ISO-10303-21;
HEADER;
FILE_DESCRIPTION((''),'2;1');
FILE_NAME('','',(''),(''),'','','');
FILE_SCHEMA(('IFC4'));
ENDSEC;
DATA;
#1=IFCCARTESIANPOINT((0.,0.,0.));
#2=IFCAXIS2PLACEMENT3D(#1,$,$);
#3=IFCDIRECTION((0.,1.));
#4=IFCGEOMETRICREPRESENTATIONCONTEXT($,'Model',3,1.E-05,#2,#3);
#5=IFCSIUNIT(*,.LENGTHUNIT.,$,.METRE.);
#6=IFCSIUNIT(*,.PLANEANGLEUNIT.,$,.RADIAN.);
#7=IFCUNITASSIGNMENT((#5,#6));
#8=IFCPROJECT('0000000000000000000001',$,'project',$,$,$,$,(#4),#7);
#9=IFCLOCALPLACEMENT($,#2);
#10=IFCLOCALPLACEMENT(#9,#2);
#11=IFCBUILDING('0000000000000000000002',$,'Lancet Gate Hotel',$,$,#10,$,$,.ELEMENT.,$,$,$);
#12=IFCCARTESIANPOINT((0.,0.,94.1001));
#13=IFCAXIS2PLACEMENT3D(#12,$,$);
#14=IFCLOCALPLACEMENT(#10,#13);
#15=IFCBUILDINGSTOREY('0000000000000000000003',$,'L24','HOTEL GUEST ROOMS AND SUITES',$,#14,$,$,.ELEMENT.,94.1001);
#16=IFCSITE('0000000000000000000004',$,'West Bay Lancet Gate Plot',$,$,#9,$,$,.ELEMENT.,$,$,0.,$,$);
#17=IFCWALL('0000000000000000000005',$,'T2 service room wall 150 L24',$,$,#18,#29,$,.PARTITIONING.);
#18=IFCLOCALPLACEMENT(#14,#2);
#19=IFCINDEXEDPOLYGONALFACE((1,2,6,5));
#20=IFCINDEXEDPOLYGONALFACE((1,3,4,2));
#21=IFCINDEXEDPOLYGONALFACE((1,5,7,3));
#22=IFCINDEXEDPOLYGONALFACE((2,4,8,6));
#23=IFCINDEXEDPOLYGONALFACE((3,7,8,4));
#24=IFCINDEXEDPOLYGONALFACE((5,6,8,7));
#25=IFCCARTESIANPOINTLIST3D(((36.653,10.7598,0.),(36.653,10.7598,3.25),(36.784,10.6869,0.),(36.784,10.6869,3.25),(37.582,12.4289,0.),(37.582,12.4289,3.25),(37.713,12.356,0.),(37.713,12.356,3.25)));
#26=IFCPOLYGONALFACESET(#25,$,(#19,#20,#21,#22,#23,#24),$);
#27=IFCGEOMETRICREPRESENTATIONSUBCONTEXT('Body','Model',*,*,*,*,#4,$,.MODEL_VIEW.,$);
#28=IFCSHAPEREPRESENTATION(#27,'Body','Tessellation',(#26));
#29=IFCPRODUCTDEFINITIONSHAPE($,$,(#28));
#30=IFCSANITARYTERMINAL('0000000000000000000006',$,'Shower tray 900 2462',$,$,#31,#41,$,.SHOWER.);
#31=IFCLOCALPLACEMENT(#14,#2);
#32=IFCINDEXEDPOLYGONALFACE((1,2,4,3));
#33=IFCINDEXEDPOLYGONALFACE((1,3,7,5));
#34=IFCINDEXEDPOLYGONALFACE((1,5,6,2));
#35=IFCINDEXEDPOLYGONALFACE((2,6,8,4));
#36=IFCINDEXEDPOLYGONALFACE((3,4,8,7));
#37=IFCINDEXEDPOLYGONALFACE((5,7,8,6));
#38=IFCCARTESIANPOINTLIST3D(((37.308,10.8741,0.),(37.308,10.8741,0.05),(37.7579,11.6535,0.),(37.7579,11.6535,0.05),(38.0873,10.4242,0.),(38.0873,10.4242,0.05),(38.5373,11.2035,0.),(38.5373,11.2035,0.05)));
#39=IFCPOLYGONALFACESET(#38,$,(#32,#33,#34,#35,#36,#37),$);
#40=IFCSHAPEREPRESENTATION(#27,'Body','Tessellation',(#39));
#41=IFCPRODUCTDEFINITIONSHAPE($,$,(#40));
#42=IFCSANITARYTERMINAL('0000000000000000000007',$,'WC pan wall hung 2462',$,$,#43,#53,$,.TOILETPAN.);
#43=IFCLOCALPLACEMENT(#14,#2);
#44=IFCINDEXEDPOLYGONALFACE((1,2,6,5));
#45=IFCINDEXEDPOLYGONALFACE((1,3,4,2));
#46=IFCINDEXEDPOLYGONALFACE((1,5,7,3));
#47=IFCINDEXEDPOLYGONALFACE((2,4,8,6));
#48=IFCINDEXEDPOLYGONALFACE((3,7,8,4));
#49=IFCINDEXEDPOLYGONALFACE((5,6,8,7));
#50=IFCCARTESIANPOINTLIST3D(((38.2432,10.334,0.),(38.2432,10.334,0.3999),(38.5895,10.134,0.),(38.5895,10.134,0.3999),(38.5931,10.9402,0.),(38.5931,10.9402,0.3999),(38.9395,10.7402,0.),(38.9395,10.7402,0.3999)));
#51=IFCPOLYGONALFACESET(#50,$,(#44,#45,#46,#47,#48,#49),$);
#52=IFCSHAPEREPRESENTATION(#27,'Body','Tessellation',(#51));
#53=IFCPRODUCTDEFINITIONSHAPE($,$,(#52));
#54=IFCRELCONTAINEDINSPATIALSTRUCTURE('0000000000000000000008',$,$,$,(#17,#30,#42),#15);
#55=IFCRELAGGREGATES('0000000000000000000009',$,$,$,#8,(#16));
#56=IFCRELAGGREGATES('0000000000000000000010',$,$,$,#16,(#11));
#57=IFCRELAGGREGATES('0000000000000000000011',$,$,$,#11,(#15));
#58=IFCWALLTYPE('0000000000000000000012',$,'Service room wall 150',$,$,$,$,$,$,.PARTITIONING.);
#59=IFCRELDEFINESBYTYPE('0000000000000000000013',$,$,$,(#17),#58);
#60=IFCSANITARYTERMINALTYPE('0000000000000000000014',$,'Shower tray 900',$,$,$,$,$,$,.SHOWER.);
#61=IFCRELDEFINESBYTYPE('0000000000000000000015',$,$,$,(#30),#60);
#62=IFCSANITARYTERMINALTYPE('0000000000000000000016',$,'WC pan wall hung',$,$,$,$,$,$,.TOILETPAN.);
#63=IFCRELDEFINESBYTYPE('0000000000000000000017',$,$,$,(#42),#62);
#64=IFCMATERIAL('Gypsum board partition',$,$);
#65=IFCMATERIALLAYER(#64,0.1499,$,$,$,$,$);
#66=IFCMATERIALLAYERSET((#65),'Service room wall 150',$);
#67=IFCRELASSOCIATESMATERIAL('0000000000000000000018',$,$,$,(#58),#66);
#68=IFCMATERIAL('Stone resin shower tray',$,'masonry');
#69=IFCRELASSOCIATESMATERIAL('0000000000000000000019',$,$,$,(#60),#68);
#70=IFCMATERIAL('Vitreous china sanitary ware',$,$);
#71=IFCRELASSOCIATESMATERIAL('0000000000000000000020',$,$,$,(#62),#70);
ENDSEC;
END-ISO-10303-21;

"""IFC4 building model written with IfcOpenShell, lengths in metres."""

from ifc_helpers import new_model, si_unit, direction, frame, frame_2d, origin, origin_2d, place, context, subcontext, project, spatial, rectangle, extrude, material, layer, layer_set, type_object, element, save


model = new_model("IFC4")

# Units and contexts
model_context = context("Model", 3, precision=1e-05, world=origin(), true_north=direction((0.0, 1.0)))
body_context = subcontext(model_context, "Body", "Model", "MODEL_VIEW")
ifc_project = project(units=[si_unit("LENGTHUNIT", "METRE"), si_unit("PLANEANGLEUNIT", "RADIAN")], contexts=[model_context])

# Site, building, storey
site_placement = place(None, origin())
site = spatial("IfcSite", under=ifc_project, at=site_placement, Name="West Bay Lancet Gate Plot", CompositionType="ELEMENT", RefElevation=0.0)
building_placement = place(site_placement, origin())
building = spatial("IfcBuilding", under=site, at=building_placement, Name="Lancet Gate Hotel", CompositionType="ELEMENT")
storey_placement = place(building_placement, frame((0.0, 0.0, 94.1001)))
storey = spatial("IfcBuildingStorey", under=building, at=storey_placement, Name="L24", Description="HOTEL GUEST ROOMS AND SUITES", CompositionType="ELEMENT", Elevation=94.1001)

# Wall
ifc_material_1 = material(Name="Gypsum board partition")
ifc_layer_1 = layer(ifc_material_1, 0.1499)
ifc_layer_set_1 = layer_set([ifc_layer_1], Name="Service room wall 150")
wall_type_1 = type_object("IfcWallType", Name="Service room wall 150", PredefinedType="PARTITIONING", material=ifc_layer_set_1)
wall_1_placement = place(storey_placement, frame((36.7185, 10.7234, 0.0), z_axis=(0.0, 0.0, 1.0), x_axis=(0.486348, 0.873765, 0.0)))
element("IfcWall", 1, at=wall_1_placement, inside=storey, type_object=wall_type_1, Name="T2 service room wall 150 L24", PredefinedType="PARTITIONING", context=body_context, shape_type="SweptSolid", body=[
    extrude(rectangle(XDim=1.9102, YDim=0.1499, at=frame_2d((0.9551, 0.0))), origin(), (0.0, 0.0, 1.0), 3.25),
])

# Sanitary terminals
ifc_material_2 = material(Name="Stone resin shower tray", Category="masonry")
sanitary_terminal_type_1 = type_object("IfcSanitaryTerminalType", Name="Shower tray 900", PredefinedType="SHOWER", material=ifc_material_2)
sanitary_terminal_1_placement = place(storey_placement, frame((37.9226, 11.0388, 0.0), z_axis=(0.0, 0.0, 1.0), x_axis=(-0.866025, 0.5, 0.0)))
element("IfcSanitaryTerminal", 2, at=sanitary_terminal_1_placement, inside=storey, type_object=sanitary_terminal_type_1, Name="Shower tray 900 2462", PredefinedType="SHOWER", context=body_context, shape_type="SweptSolid", body=[
    extrude(rectangle(XDim=0.8999, YDim=0.8999, at=origin_2d()), origin(), (0.0, 0.0, 1.0), 0.05),
])
ifc_material_3 = material(Name="Vitreous china sanitary ware")
sanitary_terminal_type_2 = type_object("IfcSanitaryTerminalType", Name="WC pan wall hung", PredefinedType="TOILETPAN", material=ifc_material_3)
sanitary_terminal_2_placement = place(storey_placement, frame((38.5913, 10.5371, 0.0), z_axis=(0.0, 0.0, 1.0), x_axis=(-0.866025, 0.5, 0.0)))
element("IfcSanitaryTerminal", 3, at=sanitary_terminal_2_placement, inside=storey, type_object=sanitary_terminal_type_2, Name="WC pan wall hung 2462", PredefinedType="TOILETPAN", context=body_context, shape_type="SweptSolid", body=[
    extrude(rectangle(XDim=0.3999, YDim=0.7, at=origin_2d()), origin(), (0.0, 0.0, 1.0), 0.3999),
])

save(model, "model.ifc")
